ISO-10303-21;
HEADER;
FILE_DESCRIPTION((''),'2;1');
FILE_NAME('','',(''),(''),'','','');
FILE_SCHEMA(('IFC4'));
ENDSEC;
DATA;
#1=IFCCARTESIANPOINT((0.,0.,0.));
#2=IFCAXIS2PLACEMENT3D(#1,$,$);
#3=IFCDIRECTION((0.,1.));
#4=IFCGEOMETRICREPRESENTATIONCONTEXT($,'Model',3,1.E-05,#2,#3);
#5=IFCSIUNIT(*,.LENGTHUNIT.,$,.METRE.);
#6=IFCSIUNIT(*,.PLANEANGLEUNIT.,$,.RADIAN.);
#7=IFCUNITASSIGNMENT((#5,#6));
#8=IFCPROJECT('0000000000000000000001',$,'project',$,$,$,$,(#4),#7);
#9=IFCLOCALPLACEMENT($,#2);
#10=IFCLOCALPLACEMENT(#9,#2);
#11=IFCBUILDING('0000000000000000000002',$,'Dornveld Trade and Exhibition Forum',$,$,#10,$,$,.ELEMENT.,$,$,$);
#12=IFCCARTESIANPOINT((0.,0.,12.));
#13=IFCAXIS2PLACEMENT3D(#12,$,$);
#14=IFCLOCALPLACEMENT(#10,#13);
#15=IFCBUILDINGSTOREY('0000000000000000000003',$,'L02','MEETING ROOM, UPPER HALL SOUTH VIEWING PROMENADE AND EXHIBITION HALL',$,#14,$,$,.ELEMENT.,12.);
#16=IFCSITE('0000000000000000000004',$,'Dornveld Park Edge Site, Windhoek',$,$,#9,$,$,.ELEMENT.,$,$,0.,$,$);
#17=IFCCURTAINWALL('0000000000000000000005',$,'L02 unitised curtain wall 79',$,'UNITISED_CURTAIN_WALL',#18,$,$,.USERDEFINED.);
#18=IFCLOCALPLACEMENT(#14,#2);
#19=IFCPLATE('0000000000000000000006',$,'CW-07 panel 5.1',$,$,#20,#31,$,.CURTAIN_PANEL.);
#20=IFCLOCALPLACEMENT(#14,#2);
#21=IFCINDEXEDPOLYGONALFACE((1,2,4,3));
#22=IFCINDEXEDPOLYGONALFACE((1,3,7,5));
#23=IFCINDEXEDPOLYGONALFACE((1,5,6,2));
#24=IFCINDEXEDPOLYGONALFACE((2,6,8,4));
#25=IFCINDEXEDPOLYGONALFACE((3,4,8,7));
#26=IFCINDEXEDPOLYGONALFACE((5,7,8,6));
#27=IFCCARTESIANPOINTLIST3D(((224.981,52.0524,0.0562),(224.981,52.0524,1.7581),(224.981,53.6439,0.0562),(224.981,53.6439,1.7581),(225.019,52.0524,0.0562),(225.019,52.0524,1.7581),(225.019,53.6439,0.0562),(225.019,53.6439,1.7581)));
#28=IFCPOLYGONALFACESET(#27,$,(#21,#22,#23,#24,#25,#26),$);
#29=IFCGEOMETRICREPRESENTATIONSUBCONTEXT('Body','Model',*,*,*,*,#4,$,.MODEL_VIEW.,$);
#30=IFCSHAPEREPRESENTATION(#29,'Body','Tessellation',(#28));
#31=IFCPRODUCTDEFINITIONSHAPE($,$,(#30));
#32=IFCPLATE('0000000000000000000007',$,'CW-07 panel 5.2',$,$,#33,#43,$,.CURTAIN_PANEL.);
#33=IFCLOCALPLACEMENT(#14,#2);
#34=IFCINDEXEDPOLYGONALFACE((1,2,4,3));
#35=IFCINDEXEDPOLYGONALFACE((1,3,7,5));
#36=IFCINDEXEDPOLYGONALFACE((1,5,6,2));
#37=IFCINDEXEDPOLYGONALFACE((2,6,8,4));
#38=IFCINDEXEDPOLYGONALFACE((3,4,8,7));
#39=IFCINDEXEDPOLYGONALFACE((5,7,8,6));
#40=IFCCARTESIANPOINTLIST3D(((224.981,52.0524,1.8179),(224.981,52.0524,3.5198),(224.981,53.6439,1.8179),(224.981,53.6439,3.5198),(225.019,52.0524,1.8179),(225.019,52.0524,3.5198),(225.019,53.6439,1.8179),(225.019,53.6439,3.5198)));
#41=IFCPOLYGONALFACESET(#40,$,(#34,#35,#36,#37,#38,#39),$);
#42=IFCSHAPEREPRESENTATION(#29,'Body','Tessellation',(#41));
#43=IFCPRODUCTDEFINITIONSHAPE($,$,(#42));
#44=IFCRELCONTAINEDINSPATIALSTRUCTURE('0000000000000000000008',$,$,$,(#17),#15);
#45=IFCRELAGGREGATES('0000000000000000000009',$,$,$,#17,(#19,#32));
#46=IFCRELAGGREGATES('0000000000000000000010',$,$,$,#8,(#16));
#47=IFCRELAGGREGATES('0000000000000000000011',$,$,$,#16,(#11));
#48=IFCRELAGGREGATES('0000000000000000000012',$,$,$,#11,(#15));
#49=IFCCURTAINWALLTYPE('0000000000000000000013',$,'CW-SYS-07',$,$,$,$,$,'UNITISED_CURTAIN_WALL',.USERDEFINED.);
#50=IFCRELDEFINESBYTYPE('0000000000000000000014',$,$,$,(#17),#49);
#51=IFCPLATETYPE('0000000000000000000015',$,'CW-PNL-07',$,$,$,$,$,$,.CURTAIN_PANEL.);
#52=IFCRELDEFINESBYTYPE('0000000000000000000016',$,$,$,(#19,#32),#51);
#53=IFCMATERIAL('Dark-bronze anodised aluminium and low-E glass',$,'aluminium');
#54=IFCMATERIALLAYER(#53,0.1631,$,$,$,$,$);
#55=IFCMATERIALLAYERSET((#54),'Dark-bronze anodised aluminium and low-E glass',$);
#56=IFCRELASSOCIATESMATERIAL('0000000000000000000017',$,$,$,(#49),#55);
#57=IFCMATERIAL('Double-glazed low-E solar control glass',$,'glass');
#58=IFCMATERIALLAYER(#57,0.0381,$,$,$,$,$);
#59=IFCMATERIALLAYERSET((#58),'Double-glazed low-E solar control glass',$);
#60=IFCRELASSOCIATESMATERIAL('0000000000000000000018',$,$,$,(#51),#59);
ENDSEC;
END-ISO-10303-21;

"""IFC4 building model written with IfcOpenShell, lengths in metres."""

from ifc_helpers import new_model, si_unit, direction, frame, origin, origin_2d, place, context, subcontext, project, spatial, rectangle, extrude, material, layer, layer_set, type_object, element, aggregate, save


model = new_model("IFC4")

# Units and contexts
model_context = context("Model", 3, precision=1e-05, world=origin(), true_north=direction((0.0, 1.0)))
body_context = subcontext(model_context, "Body", "Model", "MODEL_VIEW")
ifc_project = project(units=[si_unit("LENGTHUNIT", "METRE"), si_unit("PLANEANGLEUNIT", "RADIAN")], contexts=[model_context])

# Site, building, storey
site_placement = place(None, origin())
site = spatial("IfcSite", under=ifc_project, at=site_placement, Name="Dornveld Park Edge Site, Windhoek", CompositionType="ELEMENT", RefElevation=0.0)
building_placement = place(site_placement, origin())
building = spatial("IfcBuilding", under=site, at=building_placement, Name="Dornveld Trade and Exhibition Forum", CompositionType="ELEMENT")
storey_placement = place(building_placement, frame((0.0, 0.0, 12.0)))
storey = spatial("IfcBuildingStorey", under=building, at=storey_placement, Name="L02", Description="MEETING ROOM, UPPER HALL SOUTH VIEWING PROMENADE AND EXHIBITION HALL", CompositionType="ELEMENT", Elevation=12.0)

# Curtain wall, plates
ifc_material_1 = material(Name="Dark-bronze anodised aluminium and low-E glass", Category="aluminium")
ifc_layer_1 = layer(ifc_material_1, 0.1631)
ifc_layer_set_1 = layer_set([ifc_layer_1], Name="Dark-bronze anodised aluminium and low-E glass")
curtain_wall_type = type_object("IfcCurtainWallType", Name="CW-SYS-07", ElementType="UNITISED_CURTAIN_WALL", PredefinedType="USERDEFINED", material=ifc_layer_set_1)
curtain_wall_placement = place(storey_placement, origin())
curtain_wall = element("IfcCurtainWall", 1, at=curtain_wall_placement, inside=storey, type_object=curtain_wall_type, Name="L02 unitised curtain wall 79", ObjectType="UNITISED_CURTAIN_WALL", PredefinedType="USERDEFINED")
ifc_material_2 = material(Name="Double-glazed low-E solar control glass", Category="glass")
ifc_layer_2 = layer(ifc_material_2, 0.0381)
ifc_layer_set_2 = layer_set([ifc_layer_2], Name="Double-glazed low-E solar control glass")
plate_type = type_object("IfcPlateType", Name="CW-PNL-07", PredefinedType="CURTAIN_PANEL", material=ifc_layer_set_2)
plate_1_placement = place(storey_placement, frame((225.0, 52.8481, 0.0562), z_axis=(0.0, 0.0, 1.0), x_axis=(0.0, 1.0, 0.0)))
plate_1 = element("IfcPlate", 2, at=plate_1_placement, type_object=plate_type, Name="CW-07 panel 5.1", PredefinedType="CURTAIN_PANEL", context=body_context, shape_type="SweptSolid", body=[
    extrude(rectangle(XDim=1.5916, YDim=0.0381, at=origin_2d()), origin(), (0.0, 0.0, 1.0), 1.7019),
])
plate_2_placement = place(storey_placement, frame((225.0, 52.8481, 1.8179), z_axis=(0.0, 0.0, 1.0), x_axis=(0.0, 1.0, 0.0)))
plate_2 = element("IfcPlate", 3, at=plate_2_placement, type_object=plate_type, Name="CW-07 panel 5.2", PredefinedType="CURTAIN_PANEL", context=body_context, shape_type="SweptSolid", body=[
    extrude(rectangle(XDim=1.5916, YDim=0.0381, at=origin_2d()), origin(), (0.0, 0.0, 1.0), 1.7019),
])
aggregate(curtain_wall, [plate_1, plate_2])

save(model, "model.ifc")
